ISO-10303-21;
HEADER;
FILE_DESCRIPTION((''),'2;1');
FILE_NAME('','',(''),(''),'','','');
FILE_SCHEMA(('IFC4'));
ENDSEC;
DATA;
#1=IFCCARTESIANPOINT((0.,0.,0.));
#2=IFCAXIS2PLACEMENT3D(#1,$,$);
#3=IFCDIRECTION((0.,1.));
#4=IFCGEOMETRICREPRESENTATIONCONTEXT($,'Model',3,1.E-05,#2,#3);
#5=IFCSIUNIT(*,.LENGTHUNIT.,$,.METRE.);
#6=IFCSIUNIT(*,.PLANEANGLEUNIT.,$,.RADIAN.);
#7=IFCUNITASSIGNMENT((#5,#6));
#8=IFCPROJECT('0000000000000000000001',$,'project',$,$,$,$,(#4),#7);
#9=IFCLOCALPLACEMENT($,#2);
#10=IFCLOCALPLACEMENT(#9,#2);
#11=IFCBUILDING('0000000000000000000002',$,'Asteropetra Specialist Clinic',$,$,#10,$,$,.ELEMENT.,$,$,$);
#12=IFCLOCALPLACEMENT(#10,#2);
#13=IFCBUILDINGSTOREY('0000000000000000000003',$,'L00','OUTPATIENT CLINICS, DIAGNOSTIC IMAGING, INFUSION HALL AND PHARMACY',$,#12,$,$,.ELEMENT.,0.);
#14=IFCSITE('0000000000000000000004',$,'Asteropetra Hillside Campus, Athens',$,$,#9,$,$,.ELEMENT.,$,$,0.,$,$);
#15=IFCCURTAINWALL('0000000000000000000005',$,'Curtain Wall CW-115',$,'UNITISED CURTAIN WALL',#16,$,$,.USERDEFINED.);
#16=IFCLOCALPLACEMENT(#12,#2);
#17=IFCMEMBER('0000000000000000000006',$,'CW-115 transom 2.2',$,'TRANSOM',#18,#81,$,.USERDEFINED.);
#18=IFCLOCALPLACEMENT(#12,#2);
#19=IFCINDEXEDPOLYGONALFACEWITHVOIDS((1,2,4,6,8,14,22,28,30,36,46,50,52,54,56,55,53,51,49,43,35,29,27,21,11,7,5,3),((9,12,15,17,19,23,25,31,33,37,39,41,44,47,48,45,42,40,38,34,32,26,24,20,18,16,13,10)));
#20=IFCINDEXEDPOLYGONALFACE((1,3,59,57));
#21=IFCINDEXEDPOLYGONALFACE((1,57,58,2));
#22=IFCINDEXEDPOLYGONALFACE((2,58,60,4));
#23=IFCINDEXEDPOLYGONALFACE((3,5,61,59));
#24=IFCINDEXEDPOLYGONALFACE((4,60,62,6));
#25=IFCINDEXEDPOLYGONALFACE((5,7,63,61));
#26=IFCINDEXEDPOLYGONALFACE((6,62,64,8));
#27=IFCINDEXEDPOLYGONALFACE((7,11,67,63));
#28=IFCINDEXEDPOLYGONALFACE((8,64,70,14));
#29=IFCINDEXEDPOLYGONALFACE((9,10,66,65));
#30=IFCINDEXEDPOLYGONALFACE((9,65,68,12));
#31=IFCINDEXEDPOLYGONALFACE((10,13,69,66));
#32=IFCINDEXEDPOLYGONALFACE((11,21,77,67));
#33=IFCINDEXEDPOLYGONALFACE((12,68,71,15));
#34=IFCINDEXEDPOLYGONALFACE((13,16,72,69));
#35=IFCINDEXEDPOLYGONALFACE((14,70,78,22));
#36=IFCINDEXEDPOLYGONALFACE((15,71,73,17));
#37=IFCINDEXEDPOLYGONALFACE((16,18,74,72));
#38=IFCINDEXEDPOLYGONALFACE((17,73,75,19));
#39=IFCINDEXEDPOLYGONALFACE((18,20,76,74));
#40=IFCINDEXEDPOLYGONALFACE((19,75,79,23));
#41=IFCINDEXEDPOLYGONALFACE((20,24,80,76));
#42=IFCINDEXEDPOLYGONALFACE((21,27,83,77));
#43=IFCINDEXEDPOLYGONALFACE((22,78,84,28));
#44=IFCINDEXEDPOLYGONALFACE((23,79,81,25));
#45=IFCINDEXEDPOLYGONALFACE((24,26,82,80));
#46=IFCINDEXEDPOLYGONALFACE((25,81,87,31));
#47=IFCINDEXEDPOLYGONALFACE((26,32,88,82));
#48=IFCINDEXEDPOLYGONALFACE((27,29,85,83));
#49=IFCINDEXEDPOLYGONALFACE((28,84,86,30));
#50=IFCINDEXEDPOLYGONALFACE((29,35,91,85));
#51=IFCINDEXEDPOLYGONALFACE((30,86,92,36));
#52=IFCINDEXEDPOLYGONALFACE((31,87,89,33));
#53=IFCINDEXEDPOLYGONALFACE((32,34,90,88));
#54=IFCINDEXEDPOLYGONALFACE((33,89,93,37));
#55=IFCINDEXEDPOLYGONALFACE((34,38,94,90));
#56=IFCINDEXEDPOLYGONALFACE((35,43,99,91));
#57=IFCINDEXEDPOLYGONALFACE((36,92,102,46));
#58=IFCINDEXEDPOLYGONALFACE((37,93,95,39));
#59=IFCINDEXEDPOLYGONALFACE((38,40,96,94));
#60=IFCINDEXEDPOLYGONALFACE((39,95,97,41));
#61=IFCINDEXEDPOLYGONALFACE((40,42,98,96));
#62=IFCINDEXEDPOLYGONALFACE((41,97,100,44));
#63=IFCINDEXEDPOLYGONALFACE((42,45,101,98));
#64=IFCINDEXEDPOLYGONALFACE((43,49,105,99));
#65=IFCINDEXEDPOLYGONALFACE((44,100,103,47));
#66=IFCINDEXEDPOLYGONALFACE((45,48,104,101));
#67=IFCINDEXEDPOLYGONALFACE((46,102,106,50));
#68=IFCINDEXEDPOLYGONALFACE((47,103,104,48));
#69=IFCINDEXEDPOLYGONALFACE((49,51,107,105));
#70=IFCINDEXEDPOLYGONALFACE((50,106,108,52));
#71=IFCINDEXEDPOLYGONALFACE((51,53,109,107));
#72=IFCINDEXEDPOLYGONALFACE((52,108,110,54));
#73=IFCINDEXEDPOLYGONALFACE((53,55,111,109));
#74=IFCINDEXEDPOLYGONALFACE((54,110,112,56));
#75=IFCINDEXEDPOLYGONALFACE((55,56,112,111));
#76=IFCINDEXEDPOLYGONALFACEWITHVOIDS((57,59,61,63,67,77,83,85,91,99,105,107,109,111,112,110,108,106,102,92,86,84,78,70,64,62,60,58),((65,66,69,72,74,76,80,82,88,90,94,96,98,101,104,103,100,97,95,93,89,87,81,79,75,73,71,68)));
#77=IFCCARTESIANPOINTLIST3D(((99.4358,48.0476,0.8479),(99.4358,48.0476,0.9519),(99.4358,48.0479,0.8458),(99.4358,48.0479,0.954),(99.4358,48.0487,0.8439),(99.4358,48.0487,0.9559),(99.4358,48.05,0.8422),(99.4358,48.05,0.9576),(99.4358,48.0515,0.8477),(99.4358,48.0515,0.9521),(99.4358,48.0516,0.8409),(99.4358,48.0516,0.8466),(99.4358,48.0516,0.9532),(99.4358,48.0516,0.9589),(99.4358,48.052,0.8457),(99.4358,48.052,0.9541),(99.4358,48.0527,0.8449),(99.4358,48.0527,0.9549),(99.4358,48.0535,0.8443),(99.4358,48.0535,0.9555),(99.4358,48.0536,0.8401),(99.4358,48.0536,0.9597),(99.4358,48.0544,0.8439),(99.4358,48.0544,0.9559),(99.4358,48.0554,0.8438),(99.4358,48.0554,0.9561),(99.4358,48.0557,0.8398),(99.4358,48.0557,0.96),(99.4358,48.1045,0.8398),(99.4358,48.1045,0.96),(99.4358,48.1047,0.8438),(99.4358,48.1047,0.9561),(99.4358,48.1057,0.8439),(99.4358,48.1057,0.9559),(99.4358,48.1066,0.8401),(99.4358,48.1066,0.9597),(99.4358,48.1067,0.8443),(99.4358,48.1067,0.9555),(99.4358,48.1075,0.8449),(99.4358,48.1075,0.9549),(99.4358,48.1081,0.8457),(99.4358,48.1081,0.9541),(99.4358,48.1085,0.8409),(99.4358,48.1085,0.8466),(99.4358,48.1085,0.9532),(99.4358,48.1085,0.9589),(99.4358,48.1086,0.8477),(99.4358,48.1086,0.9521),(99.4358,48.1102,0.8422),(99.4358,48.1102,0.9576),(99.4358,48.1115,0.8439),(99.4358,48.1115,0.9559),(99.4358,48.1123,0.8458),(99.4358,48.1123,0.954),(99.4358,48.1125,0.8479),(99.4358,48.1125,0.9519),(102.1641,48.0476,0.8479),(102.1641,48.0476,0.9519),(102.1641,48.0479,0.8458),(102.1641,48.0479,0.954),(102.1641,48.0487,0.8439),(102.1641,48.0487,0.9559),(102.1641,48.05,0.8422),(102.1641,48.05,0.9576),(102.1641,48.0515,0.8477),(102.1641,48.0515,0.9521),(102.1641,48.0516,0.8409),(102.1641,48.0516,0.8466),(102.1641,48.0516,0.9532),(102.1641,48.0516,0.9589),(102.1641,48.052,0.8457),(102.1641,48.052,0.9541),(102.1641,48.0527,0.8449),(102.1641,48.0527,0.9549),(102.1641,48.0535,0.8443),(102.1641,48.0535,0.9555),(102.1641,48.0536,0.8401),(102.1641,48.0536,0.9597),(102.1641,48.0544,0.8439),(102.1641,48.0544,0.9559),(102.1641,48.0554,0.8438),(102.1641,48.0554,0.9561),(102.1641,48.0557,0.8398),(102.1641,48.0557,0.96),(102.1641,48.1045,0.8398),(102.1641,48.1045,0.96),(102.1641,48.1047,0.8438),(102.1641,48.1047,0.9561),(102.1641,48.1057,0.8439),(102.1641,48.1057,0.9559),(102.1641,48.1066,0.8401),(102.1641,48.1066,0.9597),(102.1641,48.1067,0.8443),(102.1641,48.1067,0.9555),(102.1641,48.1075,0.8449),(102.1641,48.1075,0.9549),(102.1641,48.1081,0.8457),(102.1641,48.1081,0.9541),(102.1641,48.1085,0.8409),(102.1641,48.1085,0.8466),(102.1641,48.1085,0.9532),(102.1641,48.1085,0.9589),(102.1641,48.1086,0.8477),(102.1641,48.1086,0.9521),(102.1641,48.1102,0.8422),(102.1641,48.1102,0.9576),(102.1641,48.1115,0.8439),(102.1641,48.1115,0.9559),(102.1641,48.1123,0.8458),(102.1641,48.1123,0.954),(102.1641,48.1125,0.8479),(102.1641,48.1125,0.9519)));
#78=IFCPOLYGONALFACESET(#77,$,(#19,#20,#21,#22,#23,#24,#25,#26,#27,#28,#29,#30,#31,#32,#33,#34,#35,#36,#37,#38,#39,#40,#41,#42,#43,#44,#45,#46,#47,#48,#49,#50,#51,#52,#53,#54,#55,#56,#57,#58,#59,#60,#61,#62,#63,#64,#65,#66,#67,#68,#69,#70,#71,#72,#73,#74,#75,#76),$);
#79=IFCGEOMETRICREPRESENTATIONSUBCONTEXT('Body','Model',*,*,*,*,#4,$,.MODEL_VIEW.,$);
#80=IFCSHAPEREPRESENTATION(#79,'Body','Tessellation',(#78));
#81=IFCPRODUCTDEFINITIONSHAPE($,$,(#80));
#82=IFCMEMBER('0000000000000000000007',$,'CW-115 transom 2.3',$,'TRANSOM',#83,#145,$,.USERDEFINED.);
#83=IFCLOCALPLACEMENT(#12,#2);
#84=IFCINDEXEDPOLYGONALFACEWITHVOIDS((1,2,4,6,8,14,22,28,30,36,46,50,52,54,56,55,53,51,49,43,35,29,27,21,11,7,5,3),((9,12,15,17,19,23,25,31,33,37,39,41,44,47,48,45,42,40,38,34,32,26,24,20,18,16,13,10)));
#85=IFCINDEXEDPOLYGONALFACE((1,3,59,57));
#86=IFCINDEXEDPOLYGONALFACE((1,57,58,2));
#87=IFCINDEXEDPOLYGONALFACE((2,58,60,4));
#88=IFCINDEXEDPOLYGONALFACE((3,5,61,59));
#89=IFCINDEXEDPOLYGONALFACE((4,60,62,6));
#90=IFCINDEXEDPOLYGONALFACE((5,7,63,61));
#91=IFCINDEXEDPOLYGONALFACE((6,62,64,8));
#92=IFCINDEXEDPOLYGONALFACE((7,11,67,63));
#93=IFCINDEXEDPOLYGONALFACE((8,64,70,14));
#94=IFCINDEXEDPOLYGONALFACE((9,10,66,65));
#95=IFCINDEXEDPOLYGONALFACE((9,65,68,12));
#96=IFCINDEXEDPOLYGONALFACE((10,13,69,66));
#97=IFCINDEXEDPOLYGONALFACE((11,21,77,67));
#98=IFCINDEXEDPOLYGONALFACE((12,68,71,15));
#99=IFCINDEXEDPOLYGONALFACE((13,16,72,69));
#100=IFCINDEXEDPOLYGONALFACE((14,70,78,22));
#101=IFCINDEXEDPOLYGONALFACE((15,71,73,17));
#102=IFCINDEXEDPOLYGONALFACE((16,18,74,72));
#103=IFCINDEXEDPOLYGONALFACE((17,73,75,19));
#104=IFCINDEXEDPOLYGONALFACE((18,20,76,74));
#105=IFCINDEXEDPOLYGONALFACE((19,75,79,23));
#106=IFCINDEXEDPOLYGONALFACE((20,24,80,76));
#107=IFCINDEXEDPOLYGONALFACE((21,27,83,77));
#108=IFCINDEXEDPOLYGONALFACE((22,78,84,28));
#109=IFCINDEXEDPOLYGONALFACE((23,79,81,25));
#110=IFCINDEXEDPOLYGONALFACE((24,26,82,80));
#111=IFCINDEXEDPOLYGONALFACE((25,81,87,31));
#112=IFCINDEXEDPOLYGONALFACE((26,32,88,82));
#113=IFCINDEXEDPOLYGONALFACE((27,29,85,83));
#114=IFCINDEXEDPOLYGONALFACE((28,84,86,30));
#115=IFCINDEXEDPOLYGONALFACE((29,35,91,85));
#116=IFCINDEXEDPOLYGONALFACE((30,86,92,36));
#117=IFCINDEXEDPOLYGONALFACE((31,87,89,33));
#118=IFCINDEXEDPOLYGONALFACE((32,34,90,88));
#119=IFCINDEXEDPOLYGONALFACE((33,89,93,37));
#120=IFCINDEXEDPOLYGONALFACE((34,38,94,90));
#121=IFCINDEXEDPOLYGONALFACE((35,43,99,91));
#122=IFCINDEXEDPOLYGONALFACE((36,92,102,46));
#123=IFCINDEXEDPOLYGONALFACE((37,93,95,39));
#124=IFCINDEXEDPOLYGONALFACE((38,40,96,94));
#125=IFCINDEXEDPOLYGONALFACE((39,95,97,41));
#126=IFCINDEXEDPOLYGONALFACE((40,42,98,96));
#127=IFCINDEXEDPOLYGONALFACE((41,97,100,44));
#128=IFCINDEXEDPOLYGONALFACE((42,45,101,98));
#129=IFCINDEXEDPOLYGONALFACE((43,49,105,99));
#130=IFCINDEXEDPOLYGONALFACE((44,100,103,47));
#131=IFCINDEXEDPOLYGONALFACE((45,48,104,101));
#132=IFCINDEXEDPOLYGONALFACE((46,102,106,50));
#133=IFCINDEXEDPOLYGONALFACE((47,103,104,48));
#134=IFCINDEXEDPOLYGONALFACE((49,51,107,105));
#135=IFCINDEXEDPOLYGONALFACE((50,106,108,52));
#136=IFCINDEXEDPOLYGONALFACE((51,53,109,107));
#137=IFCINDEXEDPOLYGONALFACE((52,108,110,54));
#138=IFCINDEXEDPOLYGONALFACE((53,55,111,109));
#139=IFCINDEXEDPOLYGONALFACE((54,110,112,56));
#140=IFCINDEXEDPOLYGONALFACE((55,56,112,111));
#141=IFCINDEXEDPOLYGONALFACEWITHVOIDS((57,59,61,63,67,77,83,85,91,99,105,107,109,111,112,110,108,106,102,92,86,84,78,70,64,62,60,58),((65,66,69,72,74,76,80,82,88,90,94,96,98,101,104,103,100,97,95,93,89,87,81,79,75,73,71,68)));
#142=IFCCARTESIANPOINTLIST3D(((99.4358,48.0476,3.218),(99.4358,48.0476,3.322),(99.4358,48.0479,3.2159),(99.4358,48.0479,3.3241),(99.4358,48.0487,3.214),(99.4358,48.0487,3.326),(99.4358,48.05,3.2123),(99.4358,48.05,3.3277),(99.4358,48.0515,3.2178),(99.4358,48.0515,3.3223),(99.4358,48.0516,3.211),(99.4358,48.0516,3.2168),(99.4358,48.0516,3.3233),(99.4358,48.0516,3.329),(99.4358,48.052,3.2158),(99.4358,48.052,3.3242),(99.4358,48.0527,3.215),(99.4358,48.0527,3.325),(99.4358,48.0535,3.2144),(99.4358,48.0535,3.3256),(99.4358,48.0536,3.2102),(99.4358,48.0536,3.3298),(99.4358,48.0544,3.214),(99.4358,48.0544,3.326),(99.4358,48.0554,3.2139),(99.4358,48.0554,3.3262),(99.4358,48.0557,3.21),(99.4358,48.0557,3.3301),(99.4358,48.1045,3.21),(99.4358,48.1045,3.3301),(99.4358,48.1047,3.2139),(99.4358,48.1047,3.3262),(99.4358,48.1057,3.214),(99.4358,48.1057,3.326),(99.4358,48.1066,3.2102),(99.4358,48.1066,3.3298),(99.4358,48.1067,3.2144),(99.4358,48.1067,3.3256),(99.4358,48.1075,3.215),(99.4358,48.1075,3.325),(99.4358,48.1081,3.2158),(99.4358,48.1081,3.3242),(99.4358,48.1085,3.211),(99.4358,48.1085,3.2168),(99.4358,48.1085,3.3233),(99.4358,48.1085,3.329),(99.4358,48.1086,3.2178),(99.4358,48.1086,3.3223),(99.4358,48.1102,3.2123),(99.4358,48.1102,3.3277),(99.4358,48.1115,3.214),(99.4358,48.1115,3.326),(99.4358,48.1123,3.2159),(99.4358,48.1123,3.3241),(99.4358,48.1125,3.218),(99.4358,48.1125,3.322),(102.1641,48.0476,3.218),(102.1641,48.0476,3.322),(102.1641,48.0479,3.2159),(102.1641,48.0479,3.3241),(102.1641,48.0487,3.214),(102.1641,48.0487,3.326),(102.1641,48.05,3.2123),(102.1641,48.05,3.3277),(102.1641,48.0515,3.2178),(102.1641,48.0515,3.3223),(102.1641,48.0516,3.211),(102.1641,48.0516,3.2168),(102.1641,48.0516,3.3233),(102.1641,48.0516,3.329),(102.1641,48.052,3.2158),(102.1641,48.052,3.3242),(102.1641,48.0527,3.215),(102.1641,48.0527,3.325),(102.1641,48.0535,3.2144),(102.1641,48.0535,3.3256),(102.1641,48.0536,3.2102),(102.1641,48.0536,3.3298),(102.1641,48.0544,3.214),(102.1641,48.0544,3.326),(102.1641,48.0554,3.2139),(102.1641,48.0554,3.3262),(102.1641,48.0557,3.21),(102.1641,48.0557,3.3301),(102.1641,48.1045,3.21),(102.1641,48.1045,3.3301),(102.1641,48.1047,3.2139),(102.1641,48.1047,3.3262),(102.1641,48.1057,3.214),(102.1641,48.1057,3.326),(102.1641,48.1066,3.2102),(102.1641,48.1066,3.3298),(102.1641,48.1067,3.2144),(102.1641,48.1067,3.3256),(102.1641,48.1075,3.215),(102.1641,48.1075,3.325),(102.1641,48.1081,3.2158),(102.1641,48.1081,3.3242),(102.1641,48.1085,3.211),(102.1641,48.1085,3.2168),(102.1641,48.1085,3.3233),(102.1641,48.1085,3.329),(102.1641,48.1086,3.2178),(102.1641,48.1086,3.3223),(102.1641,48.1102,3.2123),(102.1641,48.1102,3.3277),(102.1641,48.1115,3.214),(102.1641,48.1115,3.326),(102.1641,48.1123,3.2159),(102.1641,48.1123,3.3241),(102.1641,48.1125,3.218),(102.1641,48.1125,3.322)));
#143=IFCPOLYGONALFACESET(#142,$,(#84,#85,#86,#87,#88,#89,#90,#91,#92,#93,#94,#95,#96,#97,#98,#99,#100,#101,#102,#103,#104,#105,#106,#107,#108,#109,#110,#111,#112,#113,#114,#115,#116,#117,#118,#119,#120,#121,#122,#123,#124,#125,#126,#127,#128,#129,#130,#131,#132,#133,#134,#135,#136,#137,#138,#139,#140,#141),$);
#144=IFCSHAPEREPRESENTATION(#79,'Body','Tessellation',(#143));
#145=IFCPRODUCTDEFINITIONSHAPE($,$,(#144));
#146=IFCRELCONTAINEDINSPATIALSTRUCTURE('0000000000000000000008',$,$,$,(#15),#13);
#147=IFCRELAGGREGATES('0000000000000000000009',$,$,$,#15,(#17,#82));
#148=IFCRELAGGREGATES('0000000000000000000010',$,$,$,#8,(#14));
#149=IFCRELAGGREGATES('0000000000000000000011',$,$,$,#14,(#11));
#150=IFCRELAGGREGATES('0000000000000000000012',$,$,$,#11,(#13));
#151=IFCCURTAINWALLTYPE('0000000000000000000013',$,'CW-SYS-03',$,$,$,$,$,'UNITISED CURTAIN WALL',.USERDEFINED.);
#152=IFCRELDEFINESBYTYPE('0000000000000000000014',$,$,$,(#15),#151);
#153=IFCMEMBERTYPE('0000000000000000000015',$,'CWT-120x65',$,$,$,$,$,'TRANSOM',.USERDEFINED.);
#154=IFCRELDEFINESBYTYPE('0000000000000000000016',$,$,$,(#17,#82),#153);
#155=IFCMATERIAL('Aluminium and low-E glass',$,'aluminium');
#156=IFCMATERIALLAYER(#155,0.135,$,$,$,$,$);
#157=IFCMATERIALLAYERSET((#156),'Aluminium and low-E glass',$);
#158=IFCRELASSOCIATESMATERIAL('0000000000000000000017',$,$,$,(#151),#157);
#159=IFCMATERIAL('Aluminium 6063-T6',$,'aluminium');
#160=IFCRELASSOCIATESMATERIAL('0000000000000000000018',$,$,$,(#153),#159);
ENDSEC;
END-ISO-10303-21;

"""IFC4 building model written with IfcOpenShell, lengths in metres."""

from ifc_helpers import new_model, si_unit, direction, frame, origin, origin_2d, place, context, subcontext, project, spatial, hollow_rectangle, extrude, material, layer, layer_set, material_profile, profile_set, type_object, element, aggregate, save


model = new_model("IFC4")

# Units and contexts
model_context = context("Model", 3, precision=1e-05, world=origin(), true_north=direction((0.0, 1.0)))
body_context = subcontext(model_context, "Body", "Model", "MODEL_VIEW")
ifc_project = project(units=[si_unit("LENGTHUNIT", "METRE"), si_unit("PLANEANGLEUNIT", "RADIAN")], contexts=[model_context])

# Site, building, storey
site_placement = place(None, origin())
site = spatial("IfcSite", under=ifc_project, at=site_placement, Name="Asteropetra Hillside Campus, Athens", CompositionType="ELEMENT", RefElevation=0.0)
building_placement = place(site_placement, origin())
building = spatial("IfcBuilding", under=site, at=building_placement, Name="Asteropetra Specialist Clinic", CompositionType="ELEMENT")
storey_placement = place(building_placement, origin())
storey = spatial("IfcBuildingStorey", under=building, at=storey_placement, Name="L00", Description="OUTPATIENT CLINICS, DIAGNOSTIC IMAGING, INFUSION HALL AND PHARMACY", CompositionType="ELEMENT", Elevation=0.0)

# Curtain wall
ifc_material_1 = material(Name="Aluminium and low-E glass", Category="aluminium")
ifc_layer_1 = layer(ifc_material_1, 0.135)
ifc_layer_set_1 = layer_set([ifc_layer_1], Name="Aluminium and low-E glass")
curtain_wall_type_1 = type_object("IfcCurtainWallType", Name="CW-SYS-03", ElementType="UNITISED CURTAIN WALL", PredefinedType="USERDEFINED", material=ifc_layer_set_1)
curtain_wall_1_placement = place(storey_placement, origin())
curtain_wall_1 = element("IfcCurtainWall", 1, at=curtain_wall_1_placement, inside=storey, type_object=curtain_wall_type_1, Name="Curtain Wall CW-115", ObjectType="UNITISED CURTAIN WALL", PredefinedType="USERDEFINED")

# Members
ifc_material_2 = material(Name="Aluminium 6063-T6", Category="aluminium")
ifc_material_profile_1 = material_profile(ifc_material_2, hollow_rectangle(XDim=0.0649, YDim=0.1201, WallThickness=0.0039, InnerFilletRadius=0.0039, OuterFilletRadius=0.0081, at=origin_2d()), Name="TRN 120x65x4.0")
ifc_profile_set_1 = profile_set([ifc_material_profile_1], Name="Aluminium 6063-T6")
member_type_1 = type_object("IfcMemberType", Name="CWT-120x65", ElementType="TRANSOM", PredefinedType="USERDEFINED", material=ifc_profile_set_1)
member_1_placement = place(storey_placement, frame((99.4358, 48.0801, 0.8999), z_axis=(1.0, 0.0, 0.0), x_axis=(0.0, 1.0, 0.0)))
member_1 = element("IfcMember", 2, at=member_1_placement, type_object=member_type_1, Name="CW-115 transom 2.2", ObjectType="TRANSOM", PredefinedType="USERDEFINED", context=body_context, shape_type="SweptSolid", body=[
    extrude(hollow_rectangle(XDim=0.0649, YDim=0.1201, WallThickness=0.0039, InnerFilletRadius=0.0039, OuterFilletRadius=0.0081, at=origin_2d()), origin(), (0.0, 0.0, 1.0), 2.7283),
])
member_2_placement = place(storey_placement, frame((99.4358, 48.0801, 3.27), z_axis=(1.0, 0.0, 0.0), x_axis=(0.0, 1.0, 0.0)))
member_2 = element("IfcMember", 3, at=member_2_placement, type_object=member_type_1, Name="CW-115 transom 2.3", ObjectType="TRANSOM", PredefinedType="USERDEFINED", context=body_context, shape_type="SweptSolid", body=[
    extrude(hollow_rectangle(XDim=0.0649, YDim=0.1201, WallThickness=0.0039, InnerFilletRadius=0.0039, OuterFilletRadius=0.0081, at=origin_2d()), origin(), (0.0, 0.0, 1.0), 2.7283),
])

aggregate(curtain_wall_1, [member_1, member_2])

save(model, "model.ifc")
